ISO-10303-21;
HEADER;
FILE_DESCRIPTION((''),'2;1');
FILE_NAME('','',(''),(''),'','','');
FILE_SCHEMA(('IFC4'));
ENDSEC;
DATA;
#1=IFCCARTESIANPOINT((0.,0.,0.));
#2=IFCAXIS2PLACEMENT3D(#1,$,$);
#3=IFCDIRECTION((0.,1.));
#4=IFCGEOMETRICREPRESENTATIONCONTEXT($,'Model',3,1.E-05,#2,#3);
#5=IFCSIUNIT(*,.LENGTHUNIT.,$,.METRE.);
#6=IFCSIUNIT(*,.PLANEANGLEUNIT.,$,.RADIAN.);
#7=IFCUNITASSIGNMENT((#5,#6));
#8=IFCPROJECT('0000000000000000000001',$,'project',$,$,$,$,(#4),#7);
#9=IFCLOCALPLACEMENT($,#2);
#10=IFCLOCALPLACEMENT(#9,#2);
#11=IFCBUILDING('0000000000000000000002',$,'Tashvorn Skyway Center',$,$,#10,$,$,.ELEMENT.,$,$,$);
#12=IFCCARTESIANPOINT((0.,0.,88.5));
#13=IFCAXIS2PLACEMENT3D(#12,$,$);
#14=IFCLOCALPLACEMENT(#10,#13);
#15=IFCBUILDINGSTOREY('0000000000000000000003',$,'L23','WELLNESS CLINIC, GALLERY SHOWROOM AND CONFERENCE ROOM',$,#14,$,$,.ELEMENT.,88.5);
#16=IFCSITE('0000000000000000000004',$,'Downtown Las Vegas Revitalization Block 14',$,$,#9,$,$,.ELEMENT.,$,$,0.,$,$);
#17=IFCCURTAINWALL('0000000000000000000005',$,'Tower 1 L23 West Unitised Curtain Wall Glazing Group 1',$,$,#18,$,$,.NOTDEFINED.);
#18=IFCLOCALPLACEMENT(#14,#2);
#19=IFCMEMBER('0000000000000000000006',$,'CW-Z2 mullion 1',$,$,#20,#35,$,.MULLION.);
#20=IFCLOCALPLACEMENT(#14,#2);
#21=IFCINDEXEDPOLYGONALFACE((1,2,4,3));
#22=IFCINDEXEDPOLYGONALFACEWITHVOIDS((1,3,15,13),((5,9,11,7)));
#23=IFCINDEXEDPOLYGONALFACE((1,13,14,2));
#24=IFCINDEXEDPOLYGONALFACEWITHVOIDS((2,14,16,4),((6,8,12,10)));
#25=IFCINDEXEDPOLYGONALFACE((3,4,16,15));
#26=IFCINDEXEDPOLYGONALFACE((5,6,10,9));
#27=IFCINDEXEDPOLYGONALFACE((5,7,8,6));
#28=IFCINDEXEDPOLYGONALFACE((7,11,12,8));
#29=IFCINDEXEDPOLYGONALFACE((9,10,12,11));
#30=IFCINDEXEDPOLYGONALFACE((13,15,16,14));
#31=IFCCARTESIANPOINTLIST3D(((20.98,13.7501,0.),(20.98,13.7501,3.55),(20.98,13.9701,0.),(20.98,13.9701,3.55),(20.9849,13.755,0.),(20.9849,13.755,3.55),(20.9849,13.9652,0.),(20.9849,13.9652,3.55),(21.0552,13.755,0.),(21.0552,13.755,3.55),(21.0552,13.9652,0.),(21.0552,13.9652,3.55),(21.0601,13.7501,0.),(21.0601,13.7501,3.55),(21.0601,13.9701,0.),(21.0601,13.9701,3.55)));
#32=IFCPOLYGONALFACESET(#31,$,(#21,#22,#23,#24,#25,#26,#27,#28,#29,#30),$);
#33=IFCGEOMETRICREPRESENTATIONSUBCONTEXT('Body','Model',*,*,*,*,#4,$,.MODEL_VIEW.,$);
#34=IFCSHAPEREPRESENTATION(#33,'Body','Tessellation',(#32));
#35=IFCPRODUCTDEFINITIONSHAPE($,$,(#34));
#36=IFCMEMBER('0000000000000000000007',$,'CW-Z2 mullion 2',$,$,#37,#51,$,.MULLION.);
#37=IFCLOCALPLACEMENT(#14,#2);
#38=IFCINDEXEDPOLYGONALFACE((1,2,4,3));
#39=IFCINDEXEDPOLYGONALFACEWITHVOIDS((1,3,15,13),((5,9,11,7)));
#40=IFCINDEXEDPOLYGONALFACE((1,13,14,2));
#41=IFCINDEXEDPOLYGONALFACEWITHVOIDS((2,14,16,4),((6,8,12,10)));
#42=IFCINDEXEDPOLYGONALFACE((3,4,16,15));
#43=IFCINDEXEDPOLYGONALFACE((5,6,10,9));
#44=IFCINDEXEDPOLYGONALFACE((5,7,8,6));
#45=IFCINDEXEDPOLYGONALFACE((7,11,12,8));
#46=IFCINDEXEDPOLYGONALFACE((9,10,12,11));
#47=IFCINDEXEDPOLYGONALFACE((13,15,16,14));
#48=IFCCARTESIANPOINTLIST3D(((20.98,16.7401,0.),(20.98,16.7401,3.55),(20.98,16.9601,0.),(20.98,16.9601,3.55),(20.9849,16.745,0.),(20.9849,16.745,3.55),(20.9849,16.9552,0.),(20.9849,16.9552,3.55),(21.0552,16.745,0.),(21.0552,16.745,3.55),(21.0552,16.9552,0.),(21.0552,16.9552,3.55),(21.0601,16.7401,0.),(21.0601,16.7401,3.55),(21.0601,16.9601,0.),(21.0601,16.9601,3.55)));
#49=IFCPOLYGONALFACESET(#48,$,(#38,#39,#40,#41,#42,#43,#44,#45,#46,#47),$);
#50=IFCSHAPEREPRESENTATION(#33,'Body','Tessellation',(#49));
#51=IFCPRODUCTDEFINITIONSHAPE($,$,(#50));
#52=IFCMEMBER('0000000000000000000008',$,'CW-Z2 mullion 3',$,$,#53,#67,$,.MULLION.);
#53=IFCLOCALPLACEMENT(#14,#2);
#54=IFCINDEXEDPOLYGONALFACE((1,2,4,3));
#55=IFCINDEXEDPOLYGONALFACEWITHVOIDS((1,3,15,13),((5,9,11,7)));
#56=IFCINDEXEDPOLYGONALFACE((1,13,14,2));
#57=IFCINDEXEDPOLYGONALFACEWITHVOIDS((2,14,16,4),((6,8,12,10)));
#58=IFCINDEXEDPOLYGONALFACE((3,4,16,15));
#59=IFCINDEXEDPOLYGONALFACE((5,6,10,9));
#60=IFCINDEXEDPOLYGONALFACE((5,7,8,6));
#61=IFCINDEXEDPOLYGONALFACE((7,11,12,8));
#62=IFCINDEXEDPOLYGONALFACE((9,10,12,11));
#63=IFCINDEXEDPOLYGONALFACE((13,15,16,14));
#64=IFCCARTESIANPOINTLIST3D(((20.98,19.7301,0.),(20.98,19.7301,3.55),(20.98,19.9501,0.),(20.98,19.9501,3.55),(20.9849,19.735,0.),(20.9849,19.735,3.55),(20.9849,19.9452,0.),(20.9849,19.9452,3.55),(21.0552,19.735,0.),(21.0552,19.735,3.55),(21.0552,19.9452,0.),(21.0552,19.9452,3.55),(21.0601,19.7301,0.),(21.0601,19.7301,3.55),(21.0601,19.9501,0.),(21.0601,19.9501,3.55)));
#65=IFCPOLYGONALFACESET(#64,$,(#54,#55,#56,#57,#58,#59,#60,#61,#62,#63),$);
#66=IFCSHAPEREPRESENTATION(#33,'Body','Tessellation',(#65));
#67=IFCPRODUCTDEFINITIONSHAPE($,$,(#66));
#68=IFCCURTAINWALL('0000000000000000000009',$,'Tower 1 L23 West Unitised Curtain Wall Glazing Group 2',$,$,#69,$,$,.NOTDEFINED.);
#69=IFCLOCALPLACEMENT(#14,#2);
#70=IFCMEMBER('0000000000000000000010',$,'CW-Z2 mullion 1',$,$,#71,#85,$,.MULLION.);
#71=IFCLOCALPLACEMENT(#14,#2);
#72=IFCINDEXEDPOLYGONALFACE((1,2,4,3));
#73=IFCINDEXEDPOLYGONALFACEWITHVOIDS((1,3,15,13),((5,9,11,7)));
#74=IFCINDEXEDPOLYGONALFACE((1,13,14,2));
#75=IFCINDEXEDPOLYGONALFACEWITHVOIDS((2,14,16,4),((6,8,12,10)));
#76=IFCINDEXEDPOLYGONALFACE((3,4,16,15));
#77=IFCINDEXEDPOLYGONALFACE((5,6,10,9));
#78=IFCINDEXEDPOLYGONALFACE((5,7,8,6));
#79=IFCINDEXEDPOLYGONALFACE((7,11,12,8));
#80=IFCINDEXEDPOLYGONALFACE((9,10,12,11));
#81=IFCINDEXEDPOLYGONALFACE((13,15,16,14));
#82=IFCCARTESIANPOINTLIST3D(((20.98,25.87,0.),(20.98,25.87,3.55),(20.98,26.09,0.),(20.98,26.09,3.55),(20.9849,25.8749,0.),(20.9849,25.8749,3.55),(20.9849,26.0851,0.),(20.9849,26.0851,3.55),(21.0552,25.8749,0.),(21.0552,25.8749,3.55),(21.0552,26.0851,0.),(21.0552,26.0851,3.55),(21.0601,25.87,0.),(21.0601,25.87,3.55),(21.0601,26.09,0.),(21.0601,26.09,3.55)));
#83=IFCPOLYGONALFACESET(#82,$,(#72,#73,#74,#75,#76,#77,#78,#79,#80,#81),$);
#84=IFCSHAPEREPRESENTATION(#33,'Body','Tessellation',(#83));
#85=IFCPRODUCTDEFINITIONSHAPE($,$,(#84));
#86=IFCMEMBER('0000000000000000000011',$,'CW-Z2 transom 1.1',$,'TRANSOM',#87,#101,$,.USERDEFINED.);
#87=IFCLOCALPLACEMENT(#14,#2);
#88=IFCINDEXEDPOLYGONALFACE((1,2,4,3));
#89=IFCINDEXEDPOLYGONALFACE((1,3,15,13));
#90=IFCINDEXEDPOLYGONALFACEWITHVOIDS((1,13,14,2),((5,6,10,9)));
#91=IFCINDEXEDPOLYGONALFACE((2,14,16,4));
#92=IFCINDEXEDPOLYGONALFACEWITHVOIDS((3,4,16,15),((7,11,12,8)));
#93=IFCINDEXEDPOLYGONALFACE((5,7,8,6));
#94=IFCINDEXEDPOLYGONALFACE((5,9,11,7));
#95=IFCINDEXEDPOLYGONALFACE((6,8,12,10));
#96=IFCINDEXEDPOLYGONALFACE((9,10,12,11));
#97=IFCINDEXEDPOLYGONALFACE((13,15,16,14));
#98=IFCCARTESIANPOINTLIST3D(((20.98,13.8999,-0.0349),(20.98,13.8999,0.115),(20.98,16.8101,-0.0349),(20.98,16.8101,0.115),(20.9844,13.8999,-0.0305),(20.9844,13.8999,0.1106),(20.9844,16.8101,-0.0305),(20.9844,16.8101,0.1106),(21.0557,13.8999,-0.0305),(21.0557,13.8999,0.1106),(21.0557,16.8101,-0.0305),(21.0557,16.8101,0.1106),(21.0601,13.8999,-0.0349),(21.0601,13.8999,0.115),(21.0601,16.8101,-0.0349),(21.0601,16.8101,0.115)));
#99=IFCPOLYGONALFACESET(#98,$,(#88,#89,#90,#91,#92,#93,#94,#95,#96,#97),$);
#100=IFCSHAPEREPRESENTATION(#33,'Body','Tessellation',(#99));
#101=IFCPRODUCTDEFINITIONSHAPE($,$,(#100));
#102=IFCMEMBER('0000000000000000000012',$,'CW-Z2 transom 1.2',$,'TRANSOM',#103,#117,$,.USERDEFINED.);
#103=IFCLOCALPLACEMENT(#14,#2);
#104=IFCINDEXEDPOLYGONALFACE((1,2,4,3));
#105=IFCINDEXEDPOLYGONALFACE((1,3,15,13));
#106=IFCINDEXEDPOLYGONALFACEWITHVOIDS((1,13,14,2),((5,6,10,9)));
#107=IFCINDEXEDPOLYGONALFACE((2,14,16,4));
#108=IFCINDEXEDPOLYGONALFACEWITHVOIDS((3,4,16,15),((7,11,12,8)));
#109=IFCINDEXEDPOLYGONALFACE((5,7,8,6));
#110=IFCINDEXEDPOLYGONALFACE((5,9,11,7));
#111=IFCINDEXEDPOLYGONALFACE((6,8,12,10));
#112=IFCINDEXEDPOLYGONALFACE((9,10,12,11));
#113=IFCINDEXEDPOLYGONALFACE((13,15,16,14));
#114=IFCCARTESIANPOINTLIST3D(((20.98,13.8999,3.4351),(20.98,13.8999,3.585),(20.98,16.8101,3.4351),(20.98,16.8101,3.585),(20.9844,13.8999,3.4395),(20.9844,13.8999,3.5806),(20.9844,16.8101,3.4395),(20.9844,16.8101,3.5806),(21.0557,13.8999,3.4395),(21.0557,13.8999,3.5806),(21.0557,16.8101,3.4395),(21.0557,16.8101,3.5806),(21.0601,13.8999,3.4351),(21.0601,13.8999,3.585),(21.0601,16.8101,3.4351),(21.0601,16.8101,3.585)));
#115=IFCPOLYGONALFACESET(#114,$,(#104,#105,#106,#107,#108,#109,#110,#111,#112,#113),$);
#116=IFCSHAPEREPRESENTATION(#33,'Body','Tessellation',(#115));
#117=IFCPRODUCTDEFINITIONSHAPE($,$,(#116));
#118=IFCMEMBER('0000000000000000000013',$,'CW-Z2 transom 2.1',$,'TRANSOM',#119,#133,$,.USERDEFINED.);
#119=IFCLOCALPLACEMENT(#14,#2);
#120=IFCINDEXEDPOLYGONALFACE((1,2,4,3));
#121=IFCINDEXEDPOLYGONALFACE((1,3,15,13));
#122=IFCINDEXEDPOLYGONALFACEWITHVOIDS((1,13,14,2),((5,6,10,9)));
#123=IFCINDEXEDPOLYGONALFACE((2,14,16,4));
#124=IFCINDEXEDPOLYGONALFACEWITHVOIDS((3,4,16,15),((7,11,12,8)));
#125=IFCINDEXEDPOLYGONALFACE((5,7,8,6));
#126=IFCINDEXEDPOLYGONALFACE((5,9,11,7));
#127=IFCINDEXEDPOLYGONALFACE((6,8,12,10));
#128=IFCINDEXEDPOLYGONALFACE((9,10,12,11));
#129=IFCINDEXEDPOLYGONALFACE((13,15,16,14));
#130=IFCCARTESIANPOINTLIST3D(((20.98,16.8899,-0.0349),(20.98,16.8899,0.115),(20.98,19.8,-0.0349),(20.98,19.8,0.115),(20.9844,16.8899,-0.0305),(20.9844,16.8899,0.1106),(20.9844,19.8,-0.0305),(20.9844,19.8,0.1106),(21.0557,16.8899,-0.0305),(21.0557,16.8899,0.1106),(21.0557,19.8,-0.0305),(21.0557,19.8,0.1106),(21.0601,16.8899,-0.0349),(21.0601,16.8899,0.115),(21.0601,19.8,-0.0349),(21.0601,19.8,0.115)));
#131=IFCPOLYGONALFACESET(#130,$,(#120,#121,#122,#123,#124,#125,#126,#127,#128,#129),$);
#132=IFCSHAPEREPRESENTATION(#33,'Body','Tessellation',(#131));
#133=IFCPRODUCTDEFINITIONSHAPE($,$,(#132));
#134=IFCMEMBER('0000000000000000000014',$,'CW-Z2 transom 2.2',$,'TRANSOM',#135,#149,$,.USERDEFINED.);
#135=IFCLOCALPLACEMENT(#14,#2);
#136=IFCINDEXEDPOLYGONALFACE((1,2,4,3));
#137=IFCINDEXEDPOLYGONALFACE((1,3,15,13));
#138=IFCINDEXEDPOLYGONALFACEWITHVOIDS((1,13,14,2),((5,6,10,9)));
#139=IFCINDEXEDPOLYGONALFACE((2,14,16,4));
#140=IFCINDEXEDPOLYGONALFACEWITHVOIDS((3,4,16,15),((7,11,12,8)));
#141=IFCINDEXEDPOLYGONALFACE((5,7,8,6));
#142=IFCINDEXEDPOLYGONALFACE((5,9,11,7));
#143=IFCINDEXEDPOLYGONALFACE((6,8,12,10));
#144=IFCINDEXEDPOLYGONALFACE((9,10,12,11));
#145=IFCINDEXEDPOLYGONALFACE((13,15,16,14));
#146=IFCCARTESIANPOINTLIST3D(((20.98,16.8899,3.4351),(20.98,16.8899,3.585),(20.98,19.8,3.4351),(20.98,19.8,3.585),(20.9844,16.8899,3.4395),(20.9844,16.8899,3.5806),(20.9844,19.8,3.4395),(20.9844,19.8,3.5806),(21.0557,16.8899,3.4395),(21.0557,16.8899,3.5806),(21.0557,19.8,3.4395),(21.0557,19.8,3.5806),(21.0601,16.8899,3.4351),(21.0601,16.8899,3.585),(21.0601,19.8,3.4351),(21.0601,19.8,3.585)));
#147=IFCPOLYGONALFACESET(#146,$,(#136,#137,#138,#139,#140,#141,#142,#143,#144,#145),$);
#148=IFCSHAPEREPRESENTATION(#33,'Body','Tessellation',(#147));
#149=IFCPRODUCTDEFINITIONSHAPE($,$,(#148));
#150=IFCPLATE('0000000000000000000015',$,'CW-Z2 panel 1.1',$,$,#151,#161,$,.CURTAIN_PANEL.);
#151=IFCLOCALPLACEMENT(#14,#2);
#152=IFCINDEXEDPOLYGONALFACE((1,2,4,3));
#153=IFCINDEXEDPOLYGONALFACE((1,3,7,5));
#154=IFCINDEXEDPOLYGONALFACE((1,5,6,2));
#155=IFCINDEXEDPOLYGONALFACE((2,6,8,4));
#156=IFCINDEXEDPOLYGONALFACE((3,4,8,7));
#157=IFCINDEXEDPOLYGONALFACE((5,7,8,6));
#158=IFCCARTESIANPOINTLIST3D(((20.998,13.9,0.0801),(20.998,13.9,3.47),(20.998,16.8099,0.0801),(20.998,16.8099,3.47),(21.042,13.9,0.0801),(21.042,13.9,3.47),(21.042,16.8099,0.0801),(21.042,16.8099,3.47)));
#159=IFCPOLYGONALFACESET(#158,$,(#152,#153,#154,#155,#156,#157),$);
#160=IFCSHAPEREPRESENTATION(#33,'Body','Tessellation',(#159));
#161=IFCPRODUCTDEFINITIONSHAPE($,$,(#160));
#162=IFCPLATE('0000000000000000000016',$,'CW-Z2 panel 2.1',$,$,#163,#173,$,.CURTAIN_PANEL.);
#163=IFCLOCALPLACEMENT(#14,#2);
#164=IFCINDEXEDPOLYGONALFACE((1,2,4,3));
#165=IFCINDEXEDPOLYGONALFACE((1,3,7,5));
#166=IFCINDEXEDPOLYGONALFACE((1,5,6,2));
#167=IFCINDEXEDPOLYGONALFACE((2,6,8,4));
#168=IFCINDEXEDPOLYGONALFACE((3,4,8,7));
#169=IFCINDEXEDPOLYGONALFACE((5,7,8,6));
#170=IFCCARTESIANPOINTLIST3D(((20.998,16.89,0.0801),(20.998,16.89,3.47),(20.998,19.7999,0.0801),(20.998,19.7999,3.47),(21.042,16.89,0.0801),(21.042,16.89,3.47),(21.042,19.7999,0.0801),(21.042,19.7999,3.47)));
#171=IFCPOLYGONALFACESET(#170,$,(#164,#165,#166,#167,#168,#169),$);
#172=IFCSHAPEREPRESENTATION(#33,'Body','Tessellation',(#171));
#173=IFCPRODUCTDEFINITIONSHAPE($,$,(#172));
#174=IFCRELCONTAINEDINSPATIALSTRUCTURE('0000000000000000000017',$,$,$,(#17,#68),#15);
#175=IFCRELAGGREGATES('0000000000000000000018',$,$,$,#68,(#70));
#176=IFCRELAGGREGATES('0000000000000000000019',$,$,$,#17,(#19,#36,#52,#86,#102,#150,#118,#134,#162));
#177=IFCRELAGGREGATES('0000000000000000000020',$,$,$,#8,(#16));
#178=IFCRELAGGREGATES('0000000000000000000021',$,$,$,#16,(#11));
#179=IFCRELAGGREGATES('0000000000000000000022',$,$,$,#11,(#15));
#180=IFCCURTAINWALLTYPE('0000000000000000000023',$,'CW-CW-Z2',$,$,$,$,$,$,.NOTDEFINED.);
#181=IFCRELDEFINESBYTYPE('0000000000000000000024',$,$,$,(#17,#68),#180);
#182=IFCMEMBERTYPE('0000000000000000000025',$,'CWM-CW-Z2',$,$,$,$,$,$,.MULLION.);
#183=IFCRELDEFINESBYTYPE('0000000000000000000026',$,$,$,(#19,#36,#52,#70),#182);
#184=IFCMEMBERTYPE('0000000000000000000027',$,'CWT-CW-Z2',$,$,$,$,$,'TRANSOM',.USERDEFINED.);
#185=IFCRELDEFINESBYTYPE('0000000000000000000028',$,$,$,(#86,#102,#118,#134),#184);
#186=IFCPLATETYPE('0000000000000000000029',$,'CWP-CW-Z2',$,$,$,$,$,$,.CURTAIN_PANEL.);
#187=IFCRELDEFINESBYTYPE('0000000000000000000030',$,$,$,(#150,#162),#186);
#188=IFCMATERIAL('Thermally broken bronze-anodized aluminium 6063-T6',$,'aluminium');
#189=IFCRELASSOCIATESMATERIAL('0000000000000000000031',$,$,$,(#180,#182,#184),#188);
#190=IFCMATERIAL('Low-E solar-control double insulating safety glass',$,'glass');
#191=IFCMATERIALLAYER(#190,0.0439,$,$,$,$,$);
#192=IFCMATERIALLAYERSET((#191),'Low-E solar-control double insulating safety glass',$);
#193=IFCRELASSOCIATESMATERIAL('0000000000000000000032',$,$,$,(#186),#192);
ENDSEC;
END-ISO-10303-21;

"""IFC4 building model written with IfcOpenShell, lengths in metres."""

from ifc_helpers import new_model, si_unit, direction, frame, origin, origin_2d, place, context, subcontext, project, spatial, rectangle, hollow_rectangle, extrude, material, layer, layer_set, material_profile, profile_set, type_object, element, aggregate, save


model = new_model("IFC4")

# Units and contexts
model_context = context("Model", 3, precision=1e-05, world=origin(), true_north=direction((0.0, 1.0)))
body_context = subcontext(model_context, "Body", "Model", "MODEL_VIEW")
ifc_project = project(units=[si_unit("LENGTHUNIT", "METRE"), si_unit("PLANEANGLEUNIT", "RADIAN")], contexts=[model_context])

# Site, building, storey
site_placement = place(None, origin())
site = spatial("IfcSite", under=ifc_project, at=site_placement, Name="Downtown Las Vegas Revitalization Block 14", CompositionType="ELEMENT", RefElevation=0.0)
building_placement = place(site_placement, origin())
building = spatial("IfcBuilding", under=site, at=building_placement, Name="Tashvorn Skyway Center", CompositionType="ELEMENT")
storey_placement = place(building_placement, frame((0.0, 0.0, 88.5)))
storey = spatial("IfcBuildingStorey", under=building, at=storey_placement, Name="L23", Description="WELLNESS CLINIC, GALLERY SHOWROOM AND CONFERENCE ROOM", CompositionType="ELEMENT", Elevation=88.5)

# Curtain wall, members
ifc_material_1 = material(Name="Thermally broken bronze-anodized aluminium 6063-T6", Category="aluminium")
curtain_wall_type = type_object("IfcCurtainWallType", Name="CW-CW-Z2", PredefinedType="NOTDEFINED", material=ifc_material_1)
curtain_wall_1_placement = place(storey_placement, origin())
curtain_wall_1 = element("IfcCurtainWall", 1, at=curtain_wall_1_placement, inside=storey, type_object=curtain_wall_type, Name="Tower 1 L23 West Unitised Curtain Wall Glazing Group 1", PredefinedType="NOTDEFINED")
ifc_material_profile_1 = material_profile(ifc_material_1, hollow_rectangle(XDim=0.0801, YDim=0.22, WallThickness=0.0049, at=origin_2d()), Name="ALU-MULL-80x220")
ifc_profile_set_1 = profile_set([ifc_material_profile_1], Name="Thermally broken bronze-anodized aluminium 6063-T6")
member_type_1 = type_object("IfcMemberType", Name="CWM-CW-Z2", PredefinedType="MULLION", material=ifc_profile_set_1)
member_1_placement = place(storey_placement, frame((21.02, 13.8601, 0.0), z_axis=(0.0, 0.0, 1.0), x_axis=(-1.0, 0.0, 0.0)))
member_1 = element("IfcMember", 2, at=member_1_placement, type_object=member_type_1, Name="CW-Z2 mullion 1", PredefinedType="MULLION", context=body_context, shape_type="SweptSolid", body=[
    extrude(hollow_rectangle(XDim=0.0801, YDim=0.22, WallThickness=0.0049, at=origin_2d()), origin(), (0.0, 0.0, 1.0), 3.55),
])
member_2_placement = place(storey_placement, frame((21.02, 16.8501, 0.0), z_axis=(0.0, 0.0, 1.0), x_axis=(-1.0, 0.0, 0.0)))
member_2 = element("IfcMember", 3, at=member_2_placement, type_object=member_type_1, Name="CW-Z2 mullion 2", PredefinedType="MULLION", context=body_context, shape_type="SweptSolid", body=[
    extrude(hollow_rectangle(XDim=0.0801, YDim=0.22, WallThickness=0.0049, at=origin_2d()), origin(), (0.0, 0.0, 1.0), 3.55),
])
member_3_placement = place(storey_placement, frame((21.02, 19.8401, 0.0), z_axis=(0.0, 0.0, 1.0), x_axis=(-1.0, 0.0, 0.0)))
member_3 = element("IfcMember", 4, at=member_3_placement, type_object=member_type_1, Name="CW-Z2 mullion 3", PredefinedType="MULLION", context=body_context, shape_type="SweptSolid", body=[
    extrude(hollow_rectangle(XDim=0.0801, YDim=0.22, WallThickness=0.0049, at=origin_2d()), origin(), (0.0, 0.0, 1.0), 3.55),
])

# Curtain wall, member
curtain_wall_2_placement = place(storey_placement, origin())
curtain_wall_2 = element("IfcCurtainWall", 5, at=curtain_wall_2_placement, inside=storey, type_object=curtain_wall_type, Name="Tower 1 L23 West Unitised Curtain Wall Glazing Group 2", PredefinedType="NOTDEFINED")
member_4_placement = place(storey_placement, frame((21.02, 25.98, 0.0), z_axis=(0.0, 0.0, 1.0), x_axis=(-1.0, 0.0, 0.0)))
member_4 = element("IfcMember", 6, at=member_4_placement, type_object=member_type_1, Name="CW-Z2 mullion 1", PredefinedType="MULLION", context=body_context, shape_type="SweptSolid", body=[
    extrude(hollow_rectangle(XDim=0.0801, YDim=0.22, WallThickness=0.0049, at=origin_2d()), origin(), (0.0, 0.0, 1.0), 3.55),
])
aggregate(curtain_wall_2, [member_4])

# Members
ifc_material_profile_2 = material_profile(ifc_material_1, hollow_rectangle(XDim=0.0801, YDim=0.1499, WallThickness=0.0044, at=origin_2d()), Name="ALU-TRAN-80x150")
ifc_profile_set_2 = profile_set([ifc_material_profile_2], Name="Thermally broken bronze-anodized aluminium 6063-T6")
member_type_2 = type_object("IfcMemberType", Name="CWT-CW-Z2", ElementType="TRANSOM", PredefinedType="USERDEFINED", material=ifc_profile_set_2)
member_5_placement = place(storey_placement, frame((21.02, 13.8999, 0.04), z_axis=(0.0, 1.0, 0.0), x_axis=(-1.0, 0.0, 0.0)))
member_5 = element("IfcMember", 7, at=member_5_placement, type_object=member_type_2, Name="CW-Z2 transom 1.1", ObjectType="TRANSOM", PredefinedType="USERDEFINED", context=body_context, shape_type="SweptSolid", body=[
    extrude(hollow_rectangle(XDim=0.0801, YDim=0.1499, WallThickness=0.0044, at=origin_2d()), origin(), (0.0, 0.0, 1.0), 2.9102),
])
member_6_placement = place(storey_placement, frame((21.02, 13.8999, 3.51), z_axis=(0.0, 1.0, 0.0), x_axis=(-1.0, 0.0, 0.0)))
member_6 = element("IfcMember", 8, at=member_6_placement, type_object=member_type_2, Name="CW-Z2 transom 1.2", ObjectType="TRANSOM", PredefinedType="USERDEFINED", context=body_context, shape_type="SweptSolid", body=[
    extrude(hollow_rectangle(XDim=0.0801, YDim=0.1499, WallThickness=0.0044, at=origin_2d()), origin(), (0.0, 0.0, 1.0), 2.9102),
])
member_7_placement = place(storey_placement, frame((21.02, 16.8899, 0.04), z_axis=(0.0, 1.0, 0.0), x_axis=(-1.0, 0.0, 0.0)))
member_7 = element("IfcMember", 9, at=member_7_placement, type_object=member_type_2, Name="CW-Z2 transom 2.1", ObjectType="TRANSOM", PredefinedType="USERDEFINED", context=body_context, shape_type="SweptSolid", body=[
    extrude(hollow_rectangle(XDim=0.0801, YDim=0.1499, WallThickness=0.0044, at=origin_2d()), origin(), (0.0, 0.0, 1.0), 2.9102),
])
member_8_placement = place(storey_placement, frame((21.02, 16.8899, 3.51), z_axis=(0.0, 1.0, 0.0), x_axis=(-1.0, 0.0, 0.0)))
member_8 = element("IfcMember", 10, at=member_8_placement, type_object=member_type_2, Name="CW-Z2 transom 2.2", ObjectType="TRANSOM", PredefinedType="USERDEFINED", context=body_context, shape_type="SweptSolid", body=[
    extrude(hollow_rectangle(XDim=0.0801, YDim=0.1499, WallThickness=0.0044, at=origin_2d()), origin(), (0.0, 0.0, 1.0), 2.9102),
])

# Plates
ifc_material_2 = material(Name="Low-E solar-control double insulating safety glass", Category="glass")
ifc_layer_1 = layer(ifc_material_2, 0.0439)
ifc_layer_set_1 = layer_set([ifc_layer_1], Name="Low-E solar-control double insulating safety glass")
plate_type = type_object("IfcPlateType", Name="CWP-CW-Z2", PredefinedType="CURTAIN_PANEL", material=ifc_layer_set_1)
plate_1_placement = place(storey_placement, frame((21.02, 15.355, 0.0801), z_axis=(0.0, 0.0, 1.0), x_axis=(0.0, 1.0, 0.0)))
plate_1 = element("IfcPlate", 11, at=plate_1_placement, type_object=plate_type, Name="CW-Z2 panel 1.1", PredefinedType="CURTAIN_PANEL", context=body_context, shape_type="SweptSolid", body=[
    extrude(rectangle(XDim=2.9099, YDim=0.0439, at=origin_2d()), origin(), (0.0, 0.0, 1.0), 3.3899),
])
plate_2_placement = place(storey_placement, frame((21.02, 18.345, 0.0801), z_axis=(0.0, 0.0, 1.0), x_axis=(0.0, 1.0, 0.0)))
plate_2 = element("IfcPlate", 12, at=plate_2_placement, type_object=plate_type, Name="CW-Z2 panel 2.1", PredefinedType="CURTAIN_PANEL", context=body_context, shape_type="SweptSolid", body=[
    extrude(rectangle(XDim=2.9099, YDim=0.0439, at=origin_2d()), origin(), (0.0, 0.0, 1.0), 3.3899),
])
aggregate(curtain_wall_1, [member_1, member_2, member_3, member_5, member_6, plate_1, member_7, member_8, plate_2])

save(model, "model.ifc")
